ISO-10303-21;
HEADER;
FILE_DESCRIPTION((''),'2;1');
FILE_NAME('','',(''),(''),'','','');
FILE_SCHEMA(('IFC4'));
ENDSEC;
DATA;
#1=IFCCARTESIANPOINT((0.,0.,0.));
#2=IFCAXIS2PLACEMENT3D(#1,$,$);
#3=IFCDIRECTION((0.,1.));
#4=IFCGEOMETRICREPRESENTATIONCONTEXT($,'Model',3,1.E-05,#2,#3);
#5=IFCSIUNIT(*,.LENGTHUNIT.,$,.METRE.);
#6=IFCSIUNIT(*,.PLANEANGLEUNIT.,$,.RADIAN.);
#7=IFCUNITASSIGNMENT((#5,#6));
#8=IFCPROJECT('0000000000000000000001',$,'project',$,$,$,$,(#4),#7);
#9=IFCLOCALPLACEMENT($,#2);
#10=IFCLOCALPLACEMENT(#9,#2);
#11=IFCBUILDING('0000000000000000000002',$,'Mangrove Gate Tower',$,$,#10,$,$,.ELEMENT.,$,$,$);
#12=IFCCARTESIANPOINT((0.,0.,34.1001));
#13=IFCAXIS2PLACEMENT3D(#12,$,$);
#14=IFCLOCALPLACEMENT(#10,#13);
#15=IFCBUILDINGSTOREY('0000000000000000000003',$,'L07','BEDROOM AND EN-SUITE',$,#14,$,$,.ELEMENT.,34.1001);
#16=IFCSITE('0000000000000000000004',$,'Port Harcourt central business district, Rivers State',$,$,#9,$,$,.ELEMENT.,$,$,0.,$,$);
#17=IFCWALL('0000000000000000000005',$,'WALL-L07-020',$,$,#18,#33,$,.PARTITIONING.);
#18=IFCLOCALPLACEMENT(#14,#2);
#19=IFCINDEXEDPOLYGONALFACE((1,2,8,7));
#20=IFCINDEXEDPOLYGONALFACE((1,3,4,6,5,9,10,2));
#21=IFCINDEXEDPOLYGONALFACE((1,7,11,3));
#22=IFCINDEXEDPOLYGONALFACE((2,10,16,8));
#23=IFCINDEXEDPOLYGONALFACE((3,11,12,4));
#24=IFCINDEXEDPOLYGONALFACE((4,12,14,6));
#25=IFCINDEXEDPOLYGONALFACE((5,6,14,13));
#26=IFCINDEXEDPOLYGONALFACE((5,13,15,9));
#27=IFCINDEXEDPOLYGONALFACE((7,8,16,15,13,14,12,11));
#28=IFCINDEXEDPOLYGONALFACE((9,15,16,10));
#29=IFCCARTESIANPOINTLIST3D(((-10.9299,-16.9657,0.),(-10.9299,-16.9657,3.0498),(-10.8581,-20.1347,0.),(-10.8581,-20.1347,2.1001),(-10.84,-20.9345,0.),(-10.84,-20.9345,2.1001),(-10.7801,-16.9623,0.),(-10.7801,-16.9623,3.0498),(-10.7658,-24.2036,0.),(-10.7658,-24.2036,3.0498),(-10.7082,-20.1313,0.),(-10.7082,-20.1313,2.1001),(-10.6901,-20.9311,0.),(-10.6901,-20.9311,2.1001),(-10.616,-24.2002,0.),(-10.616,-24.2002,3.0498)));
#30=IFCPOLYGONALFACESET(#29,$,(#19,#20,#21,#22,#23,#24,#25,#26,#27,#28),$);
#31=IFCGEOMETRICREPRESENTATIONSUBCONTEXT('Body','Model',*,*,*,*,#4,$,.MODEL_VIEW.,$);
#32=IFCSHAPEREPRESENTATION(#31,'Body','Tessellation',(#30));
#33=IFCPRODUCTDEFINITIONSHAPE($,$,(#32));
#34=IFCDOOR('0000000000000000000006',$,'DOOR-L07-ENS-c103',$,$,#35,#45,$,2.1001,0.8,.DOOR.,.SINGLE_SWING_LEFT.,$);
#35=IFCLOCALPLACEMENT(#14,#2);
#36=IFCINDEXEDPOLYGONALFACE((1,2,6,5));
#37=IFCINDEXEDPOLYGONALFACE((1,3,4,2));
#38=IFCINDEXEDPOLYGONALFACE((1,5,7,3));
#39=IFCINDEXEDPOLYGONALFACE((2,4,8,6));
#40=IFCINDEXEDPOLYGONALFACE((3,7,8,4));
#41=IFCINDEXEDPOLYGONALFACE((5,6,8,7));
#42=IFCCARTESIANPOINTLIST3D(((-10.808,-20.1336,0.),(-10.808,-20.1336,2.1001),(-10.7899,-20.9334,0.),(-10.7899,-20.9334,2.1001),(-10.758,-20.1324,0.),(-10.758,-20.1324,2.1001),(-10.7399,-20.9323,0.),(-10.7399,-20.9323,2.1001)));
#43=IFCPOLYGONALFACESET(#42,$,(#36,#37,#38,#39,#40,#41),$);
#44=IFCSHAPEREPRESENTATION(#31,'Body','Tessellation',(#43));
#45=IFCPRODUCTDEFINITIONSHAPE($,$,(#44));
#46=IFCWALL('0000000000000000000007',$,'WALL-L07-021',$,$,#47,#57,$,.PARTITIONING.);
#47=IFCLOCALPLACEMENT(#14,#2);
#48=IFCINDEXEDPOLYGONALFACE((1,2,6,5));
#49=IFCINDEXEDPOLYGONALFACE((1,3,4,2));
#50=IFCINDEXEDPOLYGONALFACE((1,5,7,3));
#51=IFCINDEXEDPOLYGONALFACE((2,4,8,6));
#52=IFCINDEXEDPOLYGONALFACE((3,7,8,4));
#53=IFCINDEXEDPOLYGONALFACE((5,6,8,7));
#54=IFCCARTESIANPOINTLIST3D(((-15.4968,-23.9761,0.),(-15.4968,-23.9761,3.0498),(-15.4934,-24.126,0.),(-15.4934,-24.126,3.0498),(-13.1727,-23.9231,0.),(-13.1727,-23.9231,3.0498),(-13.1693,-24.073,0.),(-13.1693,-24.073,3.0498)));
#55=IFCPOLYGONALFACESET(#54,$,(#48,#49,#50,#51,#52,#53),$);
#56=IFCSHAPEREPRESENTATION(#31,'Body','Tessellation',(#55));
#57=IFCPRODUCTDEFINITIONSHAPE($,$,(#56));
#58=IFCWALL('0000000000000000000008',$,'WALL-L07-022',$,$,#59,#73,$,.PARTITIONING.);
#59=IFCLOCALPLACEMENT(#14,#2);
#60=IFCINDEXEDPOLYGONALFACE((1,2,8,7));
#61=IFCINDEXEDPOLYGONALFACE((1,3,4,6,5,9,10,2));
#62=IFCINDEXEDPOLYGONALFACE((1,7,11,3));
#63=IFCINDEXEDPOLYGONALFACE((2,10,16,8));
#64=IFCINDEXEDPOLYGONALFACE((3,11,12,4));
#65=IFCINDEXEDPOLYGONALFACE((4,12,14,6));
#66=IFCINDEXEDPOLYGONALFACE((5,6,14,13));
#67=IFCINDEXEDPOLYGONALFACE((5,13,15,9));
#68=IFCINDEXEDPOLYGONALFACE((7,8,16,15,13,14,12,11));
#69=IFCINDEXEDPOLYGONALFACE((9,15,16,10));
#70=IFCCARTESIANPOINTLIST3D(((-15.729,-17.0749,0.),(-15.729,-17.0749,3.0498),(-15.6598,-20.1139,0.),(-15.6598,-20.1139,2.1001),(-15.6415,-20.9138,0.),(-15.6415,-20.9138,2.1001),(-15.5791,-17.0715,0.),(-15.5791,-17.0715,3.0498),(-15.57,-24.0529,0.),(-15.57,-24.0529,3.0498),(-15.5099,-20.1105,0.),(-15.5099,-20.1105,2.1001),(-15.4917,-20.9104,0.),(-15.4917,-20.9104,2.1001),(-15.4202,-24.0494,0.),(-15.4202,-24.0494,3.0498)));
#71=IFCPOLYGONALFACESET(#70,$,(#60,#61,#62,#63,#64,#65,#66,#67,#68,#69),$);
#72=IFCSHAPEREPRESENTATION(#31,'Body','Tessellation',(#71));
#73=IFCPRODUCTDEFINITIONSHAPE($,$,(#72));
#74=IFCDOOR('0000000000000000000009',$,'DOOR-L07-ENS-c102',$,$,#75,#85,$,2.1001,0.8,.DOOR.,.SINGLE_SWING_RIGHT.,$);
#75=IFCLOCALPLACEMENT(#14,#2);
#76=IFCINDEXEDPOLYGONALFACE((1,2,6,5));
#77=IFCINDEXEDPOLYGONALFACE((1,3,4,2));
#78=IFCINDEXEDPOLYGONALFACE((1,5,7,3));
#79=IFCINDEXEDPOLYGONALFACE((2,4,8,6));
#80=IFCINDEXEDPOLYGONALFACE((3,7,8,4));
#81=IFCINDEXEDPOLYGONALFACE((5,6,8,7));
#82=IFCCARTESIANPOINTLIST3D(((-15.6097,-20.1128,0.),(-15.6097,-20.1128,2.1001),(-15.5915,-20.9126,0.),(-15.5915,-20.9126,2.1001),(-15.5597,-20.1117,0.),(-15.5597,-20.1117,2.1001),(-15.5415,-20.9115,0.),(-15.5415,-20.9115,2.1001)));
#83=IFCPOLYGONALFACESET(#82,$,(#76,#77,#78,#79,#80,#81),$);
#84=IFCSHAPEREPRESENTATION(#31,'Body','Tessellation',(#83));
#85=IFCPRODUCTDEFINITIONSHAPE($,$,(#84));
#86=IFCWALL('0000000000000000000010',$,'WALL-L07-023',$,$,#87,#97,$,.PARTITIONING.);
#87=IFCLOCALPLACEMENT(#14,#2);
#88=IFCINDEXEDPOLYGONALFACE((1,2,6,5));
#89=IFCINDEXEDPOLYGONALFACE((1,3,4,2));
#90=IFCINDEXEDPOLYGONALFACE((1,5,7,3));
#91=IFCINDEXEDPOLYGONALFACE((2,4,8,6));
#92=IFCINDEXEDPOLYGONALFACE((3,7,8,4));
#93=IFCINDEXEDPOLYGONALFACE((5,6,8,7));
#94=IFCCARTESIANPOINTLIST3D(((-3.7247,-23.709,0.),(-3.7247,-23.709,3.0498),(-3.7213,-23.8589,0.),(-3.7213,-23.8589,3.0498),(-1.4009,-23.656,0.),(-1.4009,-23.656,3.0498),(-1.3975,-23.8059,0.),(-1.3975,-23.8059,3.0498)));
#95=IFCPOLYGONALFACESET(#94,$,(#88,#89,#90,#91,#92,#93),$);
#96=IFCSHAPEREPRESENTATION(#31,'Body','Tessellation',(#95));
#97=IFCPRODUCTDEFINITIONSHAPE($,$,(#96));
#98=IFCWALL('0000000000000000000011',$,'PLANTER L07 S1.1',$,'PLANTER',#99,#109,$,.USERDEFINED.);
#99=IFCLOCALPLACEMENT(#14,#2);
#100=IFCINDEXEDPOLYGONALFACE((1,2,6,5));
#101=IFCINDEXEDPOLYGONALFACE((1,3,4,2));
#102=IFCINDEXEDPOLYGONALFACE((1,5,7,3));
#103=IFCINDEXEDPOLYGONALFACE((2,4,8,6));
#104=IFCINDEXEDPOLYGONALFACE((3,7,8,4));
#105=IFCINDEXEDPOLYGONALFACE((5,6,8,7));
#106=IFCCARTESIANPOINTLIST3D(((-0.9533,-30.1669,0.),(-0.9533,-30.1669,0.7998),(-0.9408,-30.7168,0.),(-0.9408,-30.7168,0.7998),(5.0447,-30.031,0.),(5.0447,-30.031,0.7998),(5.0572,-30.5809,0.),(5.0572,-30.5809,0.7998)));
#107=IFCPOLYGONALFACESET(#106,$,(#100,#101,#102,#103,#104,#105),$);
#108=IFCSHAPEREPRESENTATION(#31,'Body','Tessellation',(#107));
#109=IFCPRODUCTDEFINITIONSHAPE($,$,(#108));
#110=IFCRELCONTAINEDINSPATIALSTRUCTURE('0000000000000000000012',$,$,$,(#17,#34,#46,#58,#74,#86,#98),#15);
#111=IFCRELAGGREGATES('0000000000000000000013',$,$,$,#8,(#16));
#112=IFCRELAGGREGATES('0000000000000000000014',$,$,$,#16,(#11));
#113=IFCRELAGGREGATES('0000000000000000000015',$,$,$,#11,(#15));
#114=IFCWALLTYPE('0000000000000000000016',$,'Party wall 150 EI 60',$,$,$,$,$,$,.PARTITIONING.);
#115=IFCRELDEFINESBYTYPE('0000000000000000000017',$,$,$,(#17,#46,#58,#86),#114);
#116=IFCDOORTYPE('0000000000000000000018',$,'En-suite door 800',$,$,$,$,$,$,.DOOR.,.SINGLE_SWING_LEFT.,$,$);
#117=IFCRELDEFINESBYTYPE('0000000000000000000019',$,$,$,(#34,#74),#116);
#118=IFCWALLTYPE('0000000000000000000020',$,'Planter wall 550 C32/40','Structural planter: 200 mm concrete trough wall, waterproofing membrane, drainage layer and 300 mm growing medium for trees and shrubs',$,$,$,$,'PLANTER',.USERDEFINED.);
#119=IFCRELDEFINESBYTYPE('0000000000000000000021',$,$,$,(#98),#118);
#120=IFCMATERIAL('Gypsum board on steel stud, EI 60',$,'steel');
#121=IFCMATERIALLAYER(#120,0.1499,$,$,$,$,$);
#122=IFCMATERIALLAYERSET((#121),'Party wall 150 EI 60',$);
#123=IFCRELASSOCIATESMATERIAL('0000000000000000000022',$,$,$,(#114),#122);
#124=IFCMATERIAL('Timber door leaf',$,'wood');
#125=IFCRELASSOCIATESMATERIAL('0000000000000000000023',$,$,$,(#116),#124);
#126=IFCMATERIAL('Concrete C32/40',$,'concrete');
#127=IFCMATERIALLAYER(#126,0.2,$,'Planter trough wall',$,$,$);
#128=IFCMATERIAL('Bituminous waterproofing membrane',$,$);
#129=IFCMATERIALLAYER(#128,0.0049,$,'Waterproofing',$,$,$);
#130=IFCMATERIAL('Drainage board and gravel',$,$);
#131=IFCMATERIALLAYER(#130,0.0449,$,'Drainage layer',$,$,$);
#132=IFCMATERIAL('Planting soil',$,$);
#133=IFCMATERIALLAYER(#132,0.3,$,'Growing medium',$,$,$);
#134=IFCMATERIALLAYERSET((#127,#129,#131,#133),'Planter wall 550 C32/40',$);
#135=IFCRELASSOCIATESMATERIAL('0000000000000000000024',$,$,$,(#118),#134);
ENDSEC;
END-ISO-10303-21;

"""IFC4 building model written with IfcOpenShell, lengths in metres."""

from ifc_helpers import new_model, si_unit, direction, frame, frame_2d, origin, place, context, subcontext, project, spatial, rectangle, extrude, material, layer, layer_set, type_object, element, fill, save


model = new_model("IFC4")

# Units and contexts
model_context = context("Model", 3, precision=1e-05, world=origin(), true_north=direction((0.0, 1.0)))
body_context = subcontext(model_context, "Body", "Model", "MODEL_VIEW")
ifc_project = project(units=[si_unit("LENGTHUNIT", "METRE"), si_unit("PLANEANGLEUNIT", "RADIAN")], contexts=[model_context])

# Site, building, storey
site_placement = place(None, origin())
site = spatial("IfcSite", under=ifc_project, at=site_placement, Name="Port Harcourt central business district, Rivers State", CompositionType="ELEMENT", RefElevation=0.0)
building_placement = place(site_placement, origin())
building = spatial("IfcBuilding", under=site, at=building_placement, Name="Mangrove Gate Tower", CompositionType="ELEMENT")
storey_placement = place(building_placement, frame((0.0, 0.0, 34.1001)))
storey = spatial("IfcBuildingStorey", under=building, at=storey_placement, Name="L07", Description="BEDROOM AND EN-SUITE", CompositionType="ELEMENT", Elevation=34.1001)

# Shared definitions
ifc_material_1 = material(Name="Gypsum board on steel stud, EI 60", Category="steel")
ifc_layer_1 = layer(ifc_material_1, 0.1499)
ifc_layer_set_1 = layer_set([ifc_layer_1], Name="Party wall 150 EI 60")
wall_type_1 = type_object("IfcWallType", Name="Party wall 150 EI 60", PredefinedType="PARTITIONING", material=ifc_layer_set_1)

# Shared definitions
ifc_material_2 = material(Name="Timber door leaf", Category="wood")
door_type = type_object("IfcDoorType", Name="En-suite door 800", OperationType="SINGLE_SWING_LEFT", PredefinedType="DOOR", material=ifc_material_2)

# Wall, opening, door
wall_1_placement = place(storey_placement, frame((-10.6909, -24.2019, 0.0), z_axis=(0.0, 0.0, 1.0), x_axis=(-0.022662, 0.999743, 0.0)))
wall_1 = element("IfcWall", 1, at=wall_1_placement, inside=storey, type_object=wall_type_1, Name="WALL-L07-020", PredefinedType="PARTITIONING", context=body_context, shape_type="SweptSolid", body=[
    extrude(rectangle(XDim=7.2397, YDim=0.1499, at=frame_2d((3.6199, 0.0))), origin(), (0.0, 0.0, 1.0), 3.0498),
])
opening_1_placement = place(wall_1_placement, frame((3.27, 0.0, 0.0)))
opening_1 = element("IfcOpeningElement", 2, at=opening_1_placement, cuts=wall_1, PredefinedType="OPENING", context=body_context, shape_type="SweptSolid", body=[
    extrude(rectangle(XDim=0.8, YDim=2.1001, at=frame_2d((0.3999, 1.05))), frame((0.0, 0.085, 0.0), z_axis=(0.0, -1.0, 0.0), x_axis=(1.0, 0.0, 0.0)), (0.0, 0.0, 1.0), 0.1699),
])
door_1_placement = place(opening_1_placement, origin())
door_1 = element("IfcDoor", 3, at=door_1_placement, inside=storey, type_object=door_type, Name="DOOR-L07-ENS-c103", OperationType="SINGLE_SWING_LEFT", OverallHeight=2.1001, OverallWidth=0.8, PredefinedType="DOOR", context=body_context, shape_type="SweptSolid", body=[
    extrude(rectangle(XDim=0.8, YDim=2.1001, at=frame_2d((0.3999, 1.05))), frame((0.0, 0.0249, 0.0), z_axis=(0.0, -1.0, 0.0), x_axis=(1.0, 0.0, 0.0)), (0.0, 0.0, 1.0), 0.05),
])
fill(opening_1, door_1)

# Wall
wall_2_placement = place(storey_placement, frame((-15.4951, -24.051, 0.0), z_axis=(0.0, 0.0, 1.0), x_axis=(0.99974, 0.022788, 0.0)))
element("IfcWall", 4, at=wall_2_placement, inside=storey, type_object=wall_type_1, Name="WALL-L07-021", PredefinedType="PARTITIONING", context=body_context, shape_type="SweptSolid", body=[
    extrude(rectangle(XDim=2.3247, YDim=0.1499, at=frame_2d((1.1624, 0.0))), origin(), (0.0, 0.0, 1.0), 3.0498),
])

# Wall, opening, door
wall_3_placement = place(storey_placement, frame((-15.4951, -24.051, 0.0), z_axis=(0.0, 0.0, 1.0), x_axis=(-0.022771, 0.999741, 0.0)))
wall_3 = element("IfcWall", 5, at=wall_3_placement, inside=storey, type_object=wall_type_1, Name="WALL-L07-022", PredefinedType="PARTITIONING", context=body_context, shape_type="SweptSolid", body=[
    extrude(rectangle(XDim=6.9797, YDim=0.1499, at=frame_2d((3.4897, 0.0))), origin(), (0.0, 0.0, 1.0), 3.0498),
])
opening_2_placement = place(wall_3_placement, frame((3.1399, 0.0, 0.0)))
opening_2 = element("IfcOpeningElement", 6, at=opening_2_placement, cuts=wall_3, PredefinedType="OPENING", context=body_context, shape_type="SweptSolid", body=[
    extrude(rectangle(XDim=0.8, YDim=2.1001, at=frame_2d((0.3999, 1.05))), frame((0.0, 0.085, 0.0), z_axis=(0.0, -1.0, 0.0), x_axis=(1.0, 0.0, 0.0)), (0.0, 0.0, 1.0), 0.1699),
])
door_2_placement = place(opening_2_placement, origin())
door_2 = element("IfcDoor", 7, at=door_2_placement, inside=storey, type_object=door_type, Name="DOOR-L07-ENS-c102", OperationType="SINGLE_SWING_RIGHT", OverallHeight=2.1001, OverallWidth=0.8, PredefinedType="DOOR", context=body_context, shape_type="SweptSolid", body=[
    extrude(rectangle(XDim=0.8, YDim=2.1001, at=frame_2d((0.3999, 1.05))), frame((0.0, 0.0249, 0.0), z_axis=(0.0, -1.0, 0.0), x_axis=(1.0, 0.0, 0.0)), (0.0, 0.0, 1.0), 0.05),
])
fill(opening_2, door_2)

# Walls
wall_4_placement = place(storey_placement, frame((-3.7229, -23.7839, 0.0), z_axis=(0.0, 0.0, 1.0), x_axis=(0.99974, 0.022791, 0.0)))
element("IfcWall", 8, at=wall_4_placement, inside=storey, type_object=wall_type_1, Name="WALL-L07-023", PredefinedType="PARTITIONING", context=body_context, shape_type="SweptSolid", body=[
    extrude(rectangle(XDim=2.3245, YDim=0.1499, at=frame_2d((1.1621, 0.0))), origin(), (0.0, 0.0, 1.0), 3.0498),
])
ifc_material_3 = material(Name="Concrete C32/40", Category="concrete")
ifc_layer_2 = layer(ifc_material_3, 0.2, Name="Planter trough wall")
ifc_material_4 = material(Name="Bituminous waterproofing membrane")
ifc_layer_3 = layer(ifc_material_4, 0.0049, Name="Waterproofing")
ifc_material_5 = material(Name="Drainage board and gravel")
ifc_layer_4 = layer(ifc_material_5, 0.0449, Name="Drainage layer")
ifc_material_6 = material(Name="Planting soil")
ifc_layer_5 = layer(ifc_material_6, 0.3, Name="Growing medium")
ifc_layer_set_2 = layer_set([ifc_layer_2, ifc_layer_3, ifc_layer_4, ifc_layer_5], Name="Planter wall 550 C32/40")
wall_type_2 = type_object("IfcWallType", Name="Planter wall 550 C32/40", Description="Structural planter: 200 mm concrete trough wall, waterproofing membrane, drainage layer and 300 mm growing medium for trees and shrubs", ElementType="PLANTER", PredefinedType="USERDEFINED", material=ifc_layer_set_2)
wall_5_placement = place(storey_placement, frame((-0.947, -30.4419, 0.0), z_axis=(0.0, 0.0, 1.0), x_axis=(0.999743, 0.022666, 0.0)))
element("IfcWall", 9, at=wall_5_placement, inside=storey, type_object=wall_type_2, Name="PLANTER L07 S1.1", ObjectType="PLANTER", PredefinedType="USERDEFINED", context=body_context, shape_type="SweptSolid", body=[
    extrude(rectangle(XDim=5.9995, YDim=0.55, at=frame_2d((2.9998, 0.0))), origin(), (0.0, 0.0, 1.0), 0.7998),
])

save(model, "model.ifc")
